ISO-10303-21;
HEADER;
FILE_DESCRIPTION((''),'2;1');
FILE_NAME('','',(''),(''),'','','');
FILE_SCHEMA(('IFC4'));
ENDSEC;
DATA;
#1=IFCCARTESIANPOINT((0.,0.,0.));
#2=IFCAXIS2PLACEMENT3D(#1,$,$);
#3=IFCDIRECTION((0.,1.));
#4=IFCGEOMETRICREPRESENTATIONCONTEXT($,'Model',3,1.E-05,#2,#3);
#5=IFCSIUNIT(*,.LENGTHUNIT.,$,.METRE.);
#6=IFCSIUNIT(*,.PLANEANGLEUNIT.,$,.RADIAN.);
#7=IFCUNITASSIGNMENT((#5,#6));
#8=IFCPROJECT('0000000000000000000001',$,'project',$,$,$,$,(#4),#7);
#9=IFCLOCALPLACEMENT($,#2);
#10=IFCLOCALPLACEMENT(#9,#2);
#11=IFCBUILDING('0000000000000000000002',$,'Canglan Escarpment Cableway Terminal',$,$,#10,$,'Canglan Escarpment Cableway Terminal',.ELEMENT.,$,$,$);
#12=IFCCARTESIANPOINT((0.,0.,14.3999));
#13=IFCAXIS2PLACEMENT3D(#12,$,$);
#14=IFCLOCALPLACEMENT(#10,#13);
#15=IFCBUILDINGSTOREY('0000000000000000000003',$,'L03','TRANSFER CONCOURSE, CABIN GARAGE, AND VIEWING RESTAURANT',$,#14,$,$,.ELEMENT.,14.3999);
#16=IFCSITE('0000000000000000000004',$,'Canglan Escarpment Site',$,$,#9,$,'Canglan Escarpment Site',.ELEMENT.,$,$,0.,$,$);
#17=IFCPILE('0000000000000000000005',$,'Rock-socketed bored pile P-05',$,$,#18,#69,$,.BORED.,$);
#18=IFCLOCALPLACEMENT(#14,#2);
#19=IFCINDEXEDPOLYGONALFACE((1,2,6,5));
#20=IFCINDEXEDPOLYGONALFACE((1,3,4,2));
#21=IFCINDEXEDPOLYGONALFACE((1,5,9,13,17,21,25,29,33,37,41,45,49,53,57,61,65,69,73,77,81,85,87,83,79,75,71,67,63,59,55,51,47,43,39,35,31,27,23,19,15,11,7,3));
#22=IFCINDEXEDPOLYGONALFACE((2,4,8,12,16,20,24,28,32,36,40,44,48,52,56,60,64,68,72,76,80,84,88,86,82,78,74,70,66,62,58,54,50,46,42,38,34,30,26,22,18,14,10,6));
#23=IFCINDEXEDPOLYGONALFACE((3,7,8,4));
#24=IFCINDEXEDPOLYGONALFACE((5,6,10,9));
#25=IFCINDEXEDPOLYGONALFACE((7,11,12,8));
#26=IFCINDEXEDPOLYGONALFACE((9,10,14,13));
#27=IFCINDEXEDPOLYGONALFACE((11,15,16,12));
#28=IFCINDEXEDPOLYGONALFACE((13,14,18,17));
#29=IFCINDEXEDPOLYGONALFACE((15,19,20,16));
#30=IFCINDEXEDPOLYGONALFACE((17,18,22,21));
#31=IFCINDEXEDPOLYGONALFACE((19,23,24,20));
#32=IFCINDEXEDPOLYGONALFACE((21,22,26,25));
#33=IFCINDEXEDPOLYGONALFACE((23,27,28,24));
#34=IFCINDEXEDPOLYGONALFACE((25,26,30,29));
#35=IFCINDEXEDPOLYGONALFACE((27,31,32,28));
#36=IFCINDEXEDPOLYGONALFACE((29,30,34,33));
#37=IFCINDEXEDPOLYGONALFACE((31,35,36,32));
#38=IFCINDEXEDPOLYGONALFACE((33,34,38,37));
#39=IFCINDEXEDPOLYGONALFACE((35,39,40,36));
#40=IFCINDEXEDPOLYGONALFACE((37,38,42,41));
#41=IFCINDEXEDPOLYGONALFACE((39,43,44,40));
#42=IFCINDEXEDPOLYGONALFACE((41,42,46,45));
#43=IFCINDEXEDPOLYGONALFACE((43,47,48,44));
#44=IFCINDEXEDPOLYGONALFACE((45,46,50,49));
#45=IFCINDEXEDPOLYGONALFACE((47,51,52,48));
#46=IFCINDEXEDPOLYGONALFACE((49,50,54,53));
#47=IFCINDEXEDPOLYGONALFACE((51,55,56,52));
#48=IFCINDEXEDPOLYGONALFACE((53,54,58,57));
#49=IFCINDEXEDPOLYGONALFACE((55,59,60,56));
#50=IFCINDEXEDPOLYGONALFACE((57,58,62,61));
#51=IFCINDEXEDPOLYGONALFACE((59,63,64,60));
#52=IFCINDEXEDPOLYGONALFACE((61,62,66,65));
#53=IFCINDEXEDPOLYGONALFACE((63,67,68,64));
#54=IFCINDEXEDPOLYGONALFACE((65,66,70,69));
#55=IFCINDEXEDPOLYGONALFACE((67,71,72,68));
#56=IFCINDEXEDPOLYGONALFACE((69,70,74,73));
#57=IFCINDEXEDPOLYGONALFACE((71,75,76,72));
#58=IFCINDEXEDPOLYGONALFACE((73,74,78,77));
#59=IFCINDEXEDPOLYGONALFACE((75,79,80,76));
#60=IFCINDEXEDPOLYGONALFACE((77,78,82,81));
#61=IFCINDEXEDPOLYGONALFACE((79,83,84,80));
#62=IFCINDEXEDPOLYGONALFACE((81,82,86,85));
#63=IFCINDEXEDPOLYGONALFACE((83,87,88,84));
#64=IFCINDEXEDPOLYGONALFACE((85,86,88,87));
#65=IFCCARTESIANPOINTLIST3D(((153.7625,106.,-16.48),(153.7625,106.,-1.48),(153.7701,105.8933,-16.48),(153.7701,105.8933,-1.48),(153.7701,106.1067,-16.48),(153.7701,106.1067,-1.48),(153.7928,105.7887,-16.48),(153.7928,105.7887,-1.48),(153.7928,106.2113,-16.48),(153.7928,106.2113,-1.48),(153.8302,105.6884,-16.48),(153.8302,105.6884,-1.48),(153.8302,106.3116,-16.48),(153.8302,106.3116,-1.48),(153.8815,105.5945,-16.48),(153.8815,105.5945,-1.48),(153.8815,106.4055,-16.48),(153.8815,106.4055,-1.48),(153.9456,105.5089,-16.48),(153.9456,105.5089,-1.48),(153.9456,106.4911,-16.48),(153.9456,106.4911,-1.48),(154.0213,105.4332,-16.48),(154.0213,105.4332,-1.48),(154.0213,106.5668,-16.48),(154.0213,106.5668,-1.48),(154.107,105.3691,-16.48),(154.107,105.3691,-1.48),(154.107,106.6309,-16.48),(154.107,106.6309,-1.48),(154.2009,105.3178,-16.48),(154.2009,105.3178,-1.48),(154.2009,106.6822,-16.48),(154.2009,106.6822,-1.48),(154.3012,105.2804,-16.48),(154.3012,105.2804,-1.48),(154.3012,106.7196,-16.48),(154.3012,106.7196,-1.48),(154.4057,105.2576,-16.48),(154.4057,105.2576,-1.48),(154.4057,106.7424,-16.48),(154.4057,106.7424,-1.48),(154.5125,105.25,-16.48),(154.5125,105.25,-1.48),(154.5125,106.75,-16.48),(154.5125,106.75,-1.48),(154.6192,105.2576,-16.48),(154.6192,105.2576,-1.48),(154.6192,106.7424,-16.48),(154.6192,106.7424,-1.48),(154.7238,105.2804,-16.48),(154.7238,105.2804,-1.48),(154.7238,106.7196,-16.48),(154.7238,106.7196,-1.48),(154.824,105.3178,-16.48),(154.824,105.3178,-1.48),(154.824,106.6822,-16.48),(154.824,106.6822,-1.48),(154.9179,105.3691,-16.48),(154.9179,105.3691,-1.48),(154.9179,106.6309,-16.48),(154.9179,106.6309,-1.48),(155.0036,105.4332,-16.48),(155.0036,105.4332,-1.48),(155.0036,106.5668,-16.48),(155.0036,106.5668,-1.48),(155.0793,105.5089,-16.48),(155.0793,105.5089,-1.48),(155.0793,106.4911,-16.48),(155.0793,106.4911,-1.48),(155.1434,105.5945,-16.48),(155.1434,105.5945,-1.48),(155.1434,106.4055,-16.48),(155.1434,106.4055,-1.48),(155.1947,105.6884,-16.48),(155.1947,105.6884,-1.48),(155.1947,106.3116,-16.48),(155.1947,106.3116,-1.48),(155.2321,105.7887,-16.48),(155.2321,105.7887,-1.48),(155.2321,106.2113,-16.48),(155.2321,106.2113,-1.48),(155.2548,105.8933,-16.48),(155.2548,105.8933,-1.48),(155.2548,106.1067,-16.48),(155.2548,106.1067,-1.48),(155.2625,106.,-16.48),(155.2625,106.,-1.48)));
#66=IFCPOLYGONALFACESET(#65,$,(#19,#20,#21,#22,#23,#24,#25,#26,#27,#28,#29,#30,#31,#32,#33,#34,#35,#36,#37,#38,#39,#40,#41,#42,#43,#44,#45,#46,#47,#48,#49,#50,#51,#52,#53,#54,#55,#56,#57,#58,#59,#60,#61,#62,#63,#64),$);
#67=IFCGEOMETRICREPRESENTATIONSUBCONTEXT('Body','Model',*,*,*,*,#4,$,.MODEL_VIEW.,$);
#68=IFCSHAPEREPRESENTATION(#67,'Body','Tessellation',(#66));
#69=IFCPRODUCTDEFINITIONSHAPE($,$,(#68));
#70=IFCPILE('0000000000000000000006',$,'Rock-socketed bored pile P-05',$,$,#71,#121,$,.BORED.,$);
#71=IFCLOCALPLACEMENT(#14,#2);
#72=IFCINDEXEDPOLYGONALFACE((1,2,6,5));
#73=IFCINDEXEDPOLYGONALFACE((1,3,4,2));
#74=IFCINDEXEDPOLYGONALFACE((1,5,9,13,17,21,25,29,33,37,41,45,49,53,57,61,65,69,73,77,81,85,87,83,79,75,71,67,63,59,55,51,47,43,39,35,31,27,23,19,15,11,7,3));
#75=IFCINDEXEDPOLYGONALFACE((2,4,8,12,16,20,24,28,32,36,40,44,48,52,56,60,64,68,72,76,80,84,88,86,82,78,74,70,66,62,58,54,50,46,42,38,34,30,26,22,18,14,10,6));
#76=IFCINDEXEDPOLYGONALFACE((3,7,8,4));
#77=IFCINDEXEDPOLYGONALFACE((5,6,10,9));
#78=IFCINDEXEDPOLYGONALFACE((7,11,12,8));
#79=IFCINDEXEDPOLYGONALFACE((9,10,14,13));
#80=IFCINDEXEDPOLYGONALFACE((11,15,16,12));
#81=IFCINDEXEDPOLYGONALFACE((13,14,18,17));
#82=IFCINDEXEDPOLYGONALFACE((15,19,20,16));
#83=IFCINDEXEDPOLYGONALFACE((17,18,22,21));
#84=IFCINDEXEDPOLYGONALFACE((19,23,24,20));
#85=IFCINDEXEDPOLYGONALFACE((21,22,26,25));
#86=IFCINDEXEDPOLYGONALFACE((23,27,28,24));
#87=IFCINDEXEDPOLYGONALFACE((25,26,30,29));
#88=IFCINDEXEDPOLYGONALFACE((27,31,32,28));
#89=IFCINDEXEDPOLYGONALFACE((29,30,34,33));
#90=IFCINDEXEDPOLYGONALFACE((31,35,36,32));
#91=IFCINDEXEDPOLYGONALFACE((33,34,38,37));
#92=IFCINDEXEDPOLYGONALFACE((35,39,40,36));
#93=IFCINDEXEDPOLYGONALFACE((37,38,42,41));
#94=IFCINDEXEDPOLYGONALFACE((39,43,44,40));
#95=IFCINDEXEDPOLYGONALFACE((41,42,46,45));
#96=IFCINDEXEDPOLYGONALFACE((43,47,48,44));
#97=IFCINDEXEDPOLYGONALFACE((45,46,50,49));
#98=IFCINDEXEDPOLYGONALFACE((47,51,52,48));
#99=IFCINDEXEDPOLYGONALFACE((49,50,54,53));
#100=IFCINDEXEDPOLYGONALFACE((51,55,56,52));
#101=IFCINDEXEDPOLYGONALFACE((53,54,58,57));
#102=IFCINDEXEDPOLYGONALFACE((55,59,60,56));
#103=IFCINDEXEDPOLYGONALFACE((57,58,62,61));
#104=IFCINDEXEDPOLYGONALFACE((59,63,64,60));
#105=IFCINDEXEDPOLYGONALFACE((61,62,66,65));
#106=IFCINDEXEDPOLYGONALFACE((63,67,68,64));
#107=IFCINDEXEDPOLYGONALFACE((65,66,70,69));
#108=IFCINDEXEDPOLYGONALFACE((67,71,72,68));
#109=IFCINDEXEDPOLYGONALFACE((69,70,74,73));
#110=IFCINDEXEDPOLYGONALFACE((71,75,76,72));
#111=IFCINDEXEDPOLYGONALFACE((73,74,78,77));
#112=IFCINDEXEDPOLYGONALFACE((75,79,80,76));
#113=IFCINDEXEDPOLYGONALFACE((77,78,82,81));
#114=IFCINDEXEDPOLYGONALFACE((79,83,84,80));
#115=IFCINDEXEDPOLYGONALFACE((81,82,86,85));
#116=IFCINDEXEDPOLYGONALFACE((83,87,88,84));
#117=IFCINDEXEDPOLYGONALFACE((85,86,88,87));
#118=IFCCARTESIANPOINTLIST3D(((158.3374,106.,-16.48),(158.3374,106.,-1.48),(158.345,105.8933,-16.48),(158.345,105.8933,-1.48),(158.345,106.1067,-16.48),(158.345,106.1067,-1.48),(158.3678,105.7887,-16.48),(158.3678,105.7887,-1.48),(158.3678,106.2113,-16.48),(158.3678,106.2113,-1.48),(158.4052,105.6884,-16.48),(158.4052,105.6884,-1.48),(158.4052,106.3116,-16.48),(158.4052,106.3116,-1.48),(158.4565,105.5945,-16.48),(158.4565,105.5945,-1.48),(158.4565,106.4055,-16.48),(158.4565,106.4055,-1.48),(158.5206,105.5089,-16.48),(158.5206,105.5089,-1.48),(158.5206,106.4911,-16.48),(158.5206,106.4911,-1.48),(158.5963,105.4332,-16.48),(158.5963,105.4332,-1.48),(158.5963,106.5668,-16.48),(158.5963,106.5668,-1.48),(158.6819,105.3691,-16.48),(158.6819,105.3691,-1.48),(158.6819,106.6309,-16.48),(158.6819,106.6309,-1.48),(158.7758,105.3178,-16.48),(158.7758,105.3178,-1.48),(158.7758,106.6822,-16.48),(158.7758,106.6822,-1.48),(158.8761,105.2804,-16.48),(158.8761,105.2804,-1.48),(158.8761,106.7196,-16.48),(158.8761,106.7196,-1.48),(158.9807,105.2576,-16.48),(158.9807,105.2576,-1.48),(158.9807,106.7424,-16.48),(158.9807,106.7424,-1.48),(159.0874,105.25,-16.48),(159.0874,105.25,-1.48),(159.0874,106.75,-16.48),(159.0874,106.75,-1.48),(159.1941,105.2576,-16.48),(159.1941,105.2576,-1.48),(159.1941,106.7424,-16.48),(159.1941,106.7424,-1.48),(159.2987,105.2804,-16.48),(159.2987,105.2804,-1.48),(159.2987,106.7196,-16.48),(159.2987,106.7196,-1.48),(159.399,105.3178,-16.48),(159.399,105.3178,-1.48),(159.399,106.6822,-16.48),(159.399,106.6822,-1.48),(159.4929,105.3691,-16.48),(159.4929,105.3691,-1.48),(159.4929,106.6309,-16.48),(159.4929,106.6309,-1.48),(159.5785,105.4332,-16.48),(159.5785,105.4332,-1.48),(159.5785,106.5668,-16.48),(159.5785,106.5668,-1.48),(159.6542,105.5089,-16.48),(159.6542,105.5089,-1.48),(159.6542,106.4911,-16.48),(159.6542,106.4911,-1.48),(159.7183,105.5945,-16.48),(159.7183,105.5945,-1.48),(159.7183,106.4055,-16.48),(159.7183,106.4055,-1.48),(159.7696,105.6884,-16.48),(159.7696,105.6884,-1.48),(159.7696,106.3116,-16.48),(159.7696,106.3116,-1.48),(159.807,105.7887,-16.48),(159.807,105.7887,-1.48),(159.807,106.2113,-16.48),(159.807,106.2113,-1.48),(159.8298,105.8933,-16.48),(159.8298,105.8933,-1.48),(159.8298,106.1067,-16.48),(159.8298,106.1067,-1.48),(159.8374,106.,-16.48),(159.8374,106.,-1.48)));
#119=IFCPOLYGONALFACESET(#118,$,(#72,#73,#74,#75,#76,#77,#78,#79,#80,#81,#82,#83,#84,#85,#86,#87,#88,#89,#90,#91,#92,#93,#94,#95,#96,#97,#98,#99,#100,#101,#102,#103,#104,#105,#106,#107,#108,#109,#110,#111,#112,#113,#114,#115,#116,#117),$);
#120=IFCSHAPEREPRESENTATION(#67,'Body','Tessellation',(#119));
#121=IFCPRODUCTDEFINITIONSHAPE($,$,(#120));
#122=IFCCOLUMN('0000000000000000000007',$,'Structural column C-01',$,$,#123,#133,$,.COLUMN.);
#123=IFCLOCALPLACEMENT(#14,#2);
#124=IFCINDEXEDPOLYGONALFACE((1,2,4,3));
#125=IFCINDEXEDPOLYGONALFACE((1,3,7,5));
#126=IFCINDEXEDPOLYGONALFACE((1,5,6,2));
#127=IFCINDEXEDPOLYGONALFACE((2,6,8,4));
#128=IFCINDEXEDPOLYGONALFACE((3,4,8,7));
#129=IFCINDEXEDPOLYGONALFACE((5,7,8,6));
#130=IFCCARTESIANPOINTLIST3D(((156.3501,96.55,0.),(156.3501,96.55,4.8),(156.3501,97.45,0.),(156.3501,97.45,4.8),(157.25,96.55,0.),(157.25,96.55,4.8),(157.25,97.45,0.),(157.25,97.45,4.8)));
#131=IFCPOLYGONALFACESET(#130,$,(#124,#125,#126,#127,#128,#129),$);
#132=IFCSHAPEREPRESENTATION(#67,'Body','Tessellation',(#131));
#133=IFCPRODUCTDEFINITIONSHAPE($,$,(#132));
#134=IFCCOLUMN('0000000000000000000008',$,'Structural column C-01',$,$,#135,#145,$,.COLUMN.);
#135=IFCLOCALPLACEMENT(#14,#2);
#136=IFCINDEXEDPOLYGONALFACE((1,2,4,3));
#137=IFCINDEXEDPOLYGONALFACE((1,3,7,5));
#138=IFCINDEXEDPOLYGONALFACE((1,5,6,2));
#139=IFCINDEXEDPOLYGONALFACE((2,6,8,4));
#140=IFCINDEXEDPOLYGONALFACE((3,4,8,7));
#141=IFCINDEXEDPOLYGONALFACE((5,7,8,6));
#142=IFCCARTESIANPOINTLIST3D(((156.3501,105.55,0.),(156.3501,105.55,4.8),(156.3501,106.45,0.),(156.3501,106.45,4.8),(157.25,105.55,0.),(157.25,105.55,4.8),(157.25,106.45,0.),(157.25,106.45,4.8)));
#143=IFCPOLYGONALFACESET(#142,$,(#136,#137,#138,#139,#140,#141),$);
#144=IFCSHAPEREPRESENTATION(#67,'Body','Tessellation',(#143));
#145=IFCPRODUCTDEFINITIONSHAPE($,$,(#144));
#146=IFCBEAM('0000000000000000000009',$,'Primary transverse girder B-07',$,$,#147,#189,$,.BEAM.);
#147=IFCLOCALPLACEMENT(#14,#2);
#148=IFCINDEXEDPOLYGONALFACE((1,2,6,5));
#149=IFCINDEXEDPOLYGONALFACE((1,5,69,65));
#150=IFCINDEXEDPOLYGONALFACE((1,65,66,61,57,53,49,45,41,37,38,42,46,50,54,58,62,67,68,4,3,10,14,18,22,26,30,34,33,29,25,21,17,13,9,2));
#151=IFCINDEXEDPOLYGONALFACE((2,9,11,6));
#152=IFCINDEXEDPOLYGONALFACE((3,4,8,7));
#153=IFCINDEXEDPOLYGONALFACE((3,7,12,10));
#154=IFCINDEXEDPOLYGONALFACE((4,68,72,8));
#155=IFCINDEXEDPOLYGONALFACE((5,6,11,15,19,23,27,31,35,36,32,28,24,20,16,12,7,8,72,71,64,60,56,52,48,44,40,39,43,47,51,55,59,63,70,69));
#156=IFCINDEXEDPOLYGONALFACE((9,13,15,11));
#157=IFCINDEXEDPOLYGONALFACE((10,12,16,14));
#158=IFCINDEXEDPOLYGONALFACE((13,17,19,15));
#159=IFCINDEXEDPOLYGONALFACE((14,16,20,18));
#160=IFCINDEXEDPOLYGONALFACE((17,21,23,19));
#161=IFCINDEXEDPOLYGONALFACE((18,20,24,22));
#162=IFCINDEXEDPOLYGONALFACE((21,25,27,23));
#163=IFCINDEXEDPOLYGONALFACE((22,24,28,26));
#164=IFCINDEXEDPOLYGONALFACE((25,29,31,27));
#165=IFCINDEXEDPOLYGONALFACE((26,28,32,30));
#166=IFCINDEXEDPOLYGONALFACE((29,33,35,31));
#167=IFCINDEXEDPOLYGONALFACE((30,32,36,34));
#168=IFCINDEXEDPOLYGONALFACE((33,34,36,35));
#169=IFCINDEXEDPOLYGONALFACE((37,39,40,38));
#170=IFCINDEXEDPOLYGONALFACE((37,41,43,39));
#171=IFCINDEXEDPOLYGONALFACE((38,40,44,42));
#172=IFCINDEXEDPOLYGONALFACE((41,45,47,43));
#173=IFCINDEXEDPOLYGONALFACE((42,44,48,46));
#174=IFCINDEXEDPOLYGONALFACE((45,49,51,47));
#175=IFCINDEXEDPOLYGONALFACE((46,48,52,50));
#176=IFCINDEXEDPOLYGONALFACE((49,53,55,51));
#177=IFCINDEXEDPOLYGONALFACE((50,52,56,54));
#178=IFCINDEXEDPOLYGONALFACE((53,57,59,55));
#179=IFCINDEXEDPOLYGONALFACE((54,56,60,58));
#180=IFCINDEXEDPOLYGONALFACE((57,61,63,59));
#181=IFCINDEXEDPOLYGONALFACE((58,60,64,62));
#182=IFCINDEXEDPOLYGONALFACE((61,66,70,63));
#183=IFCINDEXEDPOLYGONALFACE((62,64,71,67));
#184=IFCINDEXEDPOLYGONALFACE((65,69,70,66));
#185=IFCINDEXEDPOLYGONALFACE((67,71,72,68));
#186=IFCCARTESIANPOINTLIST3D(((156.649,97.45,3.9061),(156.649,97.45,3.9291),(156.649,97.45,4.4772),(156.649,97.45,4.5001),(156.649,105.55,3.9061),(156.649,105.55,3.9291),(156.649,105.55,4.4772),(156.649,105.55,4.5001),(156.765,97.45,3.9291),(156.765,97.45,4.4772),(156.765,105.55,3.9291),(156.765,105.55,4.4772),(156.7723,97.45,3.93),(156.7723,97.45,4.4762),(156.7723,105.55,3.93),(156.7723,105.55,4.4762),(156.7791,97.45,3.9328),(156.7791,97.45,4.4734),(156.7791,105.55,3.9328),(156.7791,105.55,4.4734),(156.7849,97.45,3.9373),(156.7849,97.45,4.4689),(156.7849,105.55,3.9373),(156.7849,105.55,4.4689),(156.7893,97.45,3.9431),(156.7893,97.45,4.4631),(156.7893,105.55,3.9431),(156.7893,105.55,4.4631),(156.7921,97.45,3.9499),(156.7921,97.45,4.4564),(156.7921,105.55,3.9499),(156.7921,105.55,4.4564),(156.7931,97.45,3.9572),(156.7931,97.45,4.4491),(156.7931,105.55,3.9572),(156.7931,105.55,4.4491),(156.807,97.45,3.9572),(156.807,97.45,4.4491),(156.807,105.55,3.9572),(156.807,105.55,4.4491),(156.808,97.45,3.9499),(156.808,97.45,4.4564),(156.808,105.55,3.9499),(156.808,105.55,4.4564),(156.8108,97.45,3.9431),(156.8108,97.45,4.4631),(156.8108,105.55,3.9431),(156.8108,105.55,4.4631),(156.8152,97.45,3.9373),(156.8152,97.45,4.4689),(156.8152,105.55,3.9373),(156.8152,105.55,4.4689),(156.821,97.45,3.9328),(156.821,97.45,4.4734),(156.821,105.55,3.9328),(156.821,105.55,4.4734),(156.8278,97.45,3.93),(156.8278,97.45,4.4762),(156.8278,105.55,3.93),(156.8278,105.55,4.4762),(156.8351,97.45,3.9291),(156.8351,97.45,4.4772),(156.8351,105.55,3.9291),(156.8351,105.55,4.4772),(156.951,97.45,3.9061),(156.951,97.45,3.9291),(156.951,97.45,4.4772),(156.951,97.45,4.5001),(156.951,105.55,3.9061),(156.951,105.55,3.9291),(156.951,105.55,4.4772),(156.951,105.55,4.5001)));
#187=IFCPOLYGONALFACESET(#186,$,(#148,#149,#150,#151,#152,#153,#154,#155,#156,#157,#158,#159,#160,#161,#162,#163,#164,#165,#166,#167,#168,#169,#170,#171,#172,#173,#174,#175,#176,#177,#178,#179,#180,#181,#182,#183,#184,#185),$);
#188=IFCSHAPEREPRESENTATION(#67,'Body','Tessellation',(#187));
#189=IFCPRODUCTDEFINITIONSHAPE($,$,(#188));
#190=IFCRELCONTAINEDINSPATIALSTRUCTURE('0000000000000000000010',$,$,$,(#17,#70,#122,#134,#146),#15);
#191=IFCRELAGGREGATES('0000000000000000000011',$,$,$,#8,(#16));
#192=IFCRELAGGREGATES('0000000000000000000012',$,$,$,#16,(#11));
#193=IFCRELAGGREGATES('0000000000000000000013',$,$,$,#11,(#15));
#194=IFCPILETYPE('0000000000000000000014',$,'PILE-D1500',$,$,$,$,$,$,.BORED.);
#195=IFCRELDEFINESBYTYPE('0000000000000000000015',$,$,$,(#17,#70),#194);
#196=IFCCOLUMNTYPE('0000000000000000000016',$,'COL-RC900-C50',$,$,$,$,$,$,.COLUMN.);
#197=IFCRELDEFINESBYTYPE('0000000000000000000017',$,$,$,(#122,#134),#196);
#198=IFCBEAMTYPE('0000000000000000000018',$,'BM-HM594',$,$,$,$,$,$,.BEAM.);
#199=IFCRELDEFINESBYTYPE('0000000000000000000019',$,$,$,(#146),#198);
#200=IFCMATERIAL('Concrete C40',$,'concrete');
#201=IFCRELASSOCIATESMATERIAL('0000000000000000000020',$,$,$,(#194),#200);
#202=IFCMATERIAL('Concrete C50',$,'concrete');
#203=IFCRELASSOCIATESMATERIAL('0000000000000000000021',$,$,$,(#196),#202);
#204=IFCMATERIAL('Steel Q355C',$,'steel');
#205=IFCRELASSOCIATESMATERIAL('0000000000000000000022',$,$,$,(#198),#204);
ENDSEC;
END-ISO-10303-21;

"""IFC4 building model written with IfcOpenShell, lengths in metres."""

from ifc_helpers import new_model, si_unit, direction, frame, origin, origin_2d, place, context, subcontext, project, spatial, rectangle, circle, i_section, extrude, material, material_profile, profile_set, type_object, element, save


model = new_model("IFC4")

# Units and contexts
model_context = context("Model", 3, precision=1e-05, world=origin(), true_north=direction((0.0, 1.0)))
body_context = subcontext(model_context, "Body", "Model", "MODEL_VIEW")
ifc_project = project(units=[si_unit("LENGTHUNIT", "METRE"), si_unit("PLANEANGLEUNIT", "RADIAN")], contexts=[model_context])

# Site, building, storey
site_placement = place(None, origin())
site = spatial("IfcSite", under=ifc_project, at=site_placement, Name="Canglan Escarpment Site", LongName="Canglan Escarpment Site", CompositionType="ELEMENT", RefElevation=0.0)
building_placement = place(site_placement, origin())
building = spatial("IfcBuilding", under=site, at=building_placement, Name="Canglan Escarpment Cableway Terminal", LongName="Canglan Escarpment Cableway Terminal", CompositionType="ELEMENT")
storey_placement = place(building_placement, frame((0.0, 0.0, 14.3999)))
storey = spatial("IfcBuildingStorey", under=building, at=storey_placement, Name="L03", Description="TRANSFER CONCOURSE, CABIN GARAGE, AND VIEWING RESTAURANT", CompositionType="ELEMENT", Elevation=14.3999)

# Shared definitions
ifc_material_1 = material(Name="Concrete C40", Category="concrete")

# Piles
ifc_material_profile_1 = material_profile(ifc_material_1, circle(Radius=0.75, at=origin_2d()), Name="BORED PILE D1500")
ifc_profile_set_1 = profile_set([ifc_material_profile_1], Name="Concrete C40")
pile_type = type_object("IfcPileType", Name="PILE-D1500", PredefinedType="BORED", material=ifc_profile_set_1)
for number, where, z_axis, x_axis, name in (
    (1, (154.5125, 106.0, -1.48), (0.0, 0.0, -1.0), (1.0, 0.0, 0.0), "Rock-socketed bored pile P-05"),
    (2, (159.0874, 106.0, -1.48), (0.0, 0.0, -1.0), (1.0, 0.0, 0.0), "Rock-socketed bored pile P-05"),
):
    element("IfcPile", number, at=place(storey_placement, frame(where, z_axis=z_axis, x_axis=x_axis)), inside=storey, type_object=pile_type, Name=name, PredefinedType="BORED", context=body_context, shape_type="SweptSolid", body=[
        extrude(circle(Radius=0.75, at=origin_2d()), origin(), (0.0, 0.0, 1.0), 15.0),
    ])

# Columns
ifc_material_2 = material(Name="Concrete C50", Category="concrete")
ifc_material_profile_2 = material_profile(ifc_material_2, rectangle(XDim=0.8999, YDim=0.8999, at=origin_2d()), Name="RC 900x900")
ifc_profile_set_2 = profile_set([ifc_material_profile_2], Name="Concrete C50")
column_type = type_object("IfcColumnType", Name="COL-RC900-C50", PredefinedType="COLUMN", material=ifc_profile_set_2)
for number, where, z_axis, x_axis, name in (
    (3, (156.8, 97.0, 0.0), (0.0, 0.0, 1.0), (1.0, 0.0, 0.0), "Structural column C-01"),
    (4, (156.8, 106.0, 0.0), (0.0, 0.0, 1.0), (1.0, 0.0, 0.0), "Structural column C-01"),
):
    element("IfcColumn", number, at=place(storey_placement, frame(where, z_axis=z_axis, x_axis=x_axis)), inside=storey, type_object=column_type, Name=name, PredefinedType="COLUMN", context=body_context, shape_type="SweptSolid", body=[
        extrude(rectangle(XDim=0.8999, YDim=0.8999, at=origin_2d()), origin(), (0.0, 0.0, 1.0), 4.8),
    ])

# Beam
ifc_material_3 = material(Name="Steel Q355C", Category="steel")
ifc_material_profile_3 = material_profile(ifc_material_3, i_section(OverallWidth=0.302, OverallDepth=0.594, WebThickness=0.0139, FlangeThickness=0.0229, FilletRadius=0.0281, at=origin_2d()), Name="HM 594x302x14x23")
ifc_profile_set_3 = profile_set([ifc_material_profile_3], Name="Steel Q355C")
beam_type_1 = type_object("IfcBeamType", Name="BM-HM594", PredefinedType="BEAM", material=ifc_profile_set_3)
beam_1_placement = place(storey_placement, frame((156.8, 97.45, 4.2031), z_axis=(0.0, 1.0, 0.0), x_axis=(-1.0, 0.0, 0.0)))
element("IfcBeam", 5, at=beam_1_placement, inside=storey, type_object=beam_type_1, Name="Primary transverse girder B-07", PredefinedType="BEAM", context=body_context, shape_type="SweptSolid", body=[
    extrude(i_section(OverallWidth=0.302, OverallDepth=0.594, WebThickness=0.0139, FlangeThickness=0.0229, FilletRadius=0.0281, at=origin_2d()), origin(), (0.0, 0.0, 1.0), 8.1001),
])

save(model, "model.ifc")
